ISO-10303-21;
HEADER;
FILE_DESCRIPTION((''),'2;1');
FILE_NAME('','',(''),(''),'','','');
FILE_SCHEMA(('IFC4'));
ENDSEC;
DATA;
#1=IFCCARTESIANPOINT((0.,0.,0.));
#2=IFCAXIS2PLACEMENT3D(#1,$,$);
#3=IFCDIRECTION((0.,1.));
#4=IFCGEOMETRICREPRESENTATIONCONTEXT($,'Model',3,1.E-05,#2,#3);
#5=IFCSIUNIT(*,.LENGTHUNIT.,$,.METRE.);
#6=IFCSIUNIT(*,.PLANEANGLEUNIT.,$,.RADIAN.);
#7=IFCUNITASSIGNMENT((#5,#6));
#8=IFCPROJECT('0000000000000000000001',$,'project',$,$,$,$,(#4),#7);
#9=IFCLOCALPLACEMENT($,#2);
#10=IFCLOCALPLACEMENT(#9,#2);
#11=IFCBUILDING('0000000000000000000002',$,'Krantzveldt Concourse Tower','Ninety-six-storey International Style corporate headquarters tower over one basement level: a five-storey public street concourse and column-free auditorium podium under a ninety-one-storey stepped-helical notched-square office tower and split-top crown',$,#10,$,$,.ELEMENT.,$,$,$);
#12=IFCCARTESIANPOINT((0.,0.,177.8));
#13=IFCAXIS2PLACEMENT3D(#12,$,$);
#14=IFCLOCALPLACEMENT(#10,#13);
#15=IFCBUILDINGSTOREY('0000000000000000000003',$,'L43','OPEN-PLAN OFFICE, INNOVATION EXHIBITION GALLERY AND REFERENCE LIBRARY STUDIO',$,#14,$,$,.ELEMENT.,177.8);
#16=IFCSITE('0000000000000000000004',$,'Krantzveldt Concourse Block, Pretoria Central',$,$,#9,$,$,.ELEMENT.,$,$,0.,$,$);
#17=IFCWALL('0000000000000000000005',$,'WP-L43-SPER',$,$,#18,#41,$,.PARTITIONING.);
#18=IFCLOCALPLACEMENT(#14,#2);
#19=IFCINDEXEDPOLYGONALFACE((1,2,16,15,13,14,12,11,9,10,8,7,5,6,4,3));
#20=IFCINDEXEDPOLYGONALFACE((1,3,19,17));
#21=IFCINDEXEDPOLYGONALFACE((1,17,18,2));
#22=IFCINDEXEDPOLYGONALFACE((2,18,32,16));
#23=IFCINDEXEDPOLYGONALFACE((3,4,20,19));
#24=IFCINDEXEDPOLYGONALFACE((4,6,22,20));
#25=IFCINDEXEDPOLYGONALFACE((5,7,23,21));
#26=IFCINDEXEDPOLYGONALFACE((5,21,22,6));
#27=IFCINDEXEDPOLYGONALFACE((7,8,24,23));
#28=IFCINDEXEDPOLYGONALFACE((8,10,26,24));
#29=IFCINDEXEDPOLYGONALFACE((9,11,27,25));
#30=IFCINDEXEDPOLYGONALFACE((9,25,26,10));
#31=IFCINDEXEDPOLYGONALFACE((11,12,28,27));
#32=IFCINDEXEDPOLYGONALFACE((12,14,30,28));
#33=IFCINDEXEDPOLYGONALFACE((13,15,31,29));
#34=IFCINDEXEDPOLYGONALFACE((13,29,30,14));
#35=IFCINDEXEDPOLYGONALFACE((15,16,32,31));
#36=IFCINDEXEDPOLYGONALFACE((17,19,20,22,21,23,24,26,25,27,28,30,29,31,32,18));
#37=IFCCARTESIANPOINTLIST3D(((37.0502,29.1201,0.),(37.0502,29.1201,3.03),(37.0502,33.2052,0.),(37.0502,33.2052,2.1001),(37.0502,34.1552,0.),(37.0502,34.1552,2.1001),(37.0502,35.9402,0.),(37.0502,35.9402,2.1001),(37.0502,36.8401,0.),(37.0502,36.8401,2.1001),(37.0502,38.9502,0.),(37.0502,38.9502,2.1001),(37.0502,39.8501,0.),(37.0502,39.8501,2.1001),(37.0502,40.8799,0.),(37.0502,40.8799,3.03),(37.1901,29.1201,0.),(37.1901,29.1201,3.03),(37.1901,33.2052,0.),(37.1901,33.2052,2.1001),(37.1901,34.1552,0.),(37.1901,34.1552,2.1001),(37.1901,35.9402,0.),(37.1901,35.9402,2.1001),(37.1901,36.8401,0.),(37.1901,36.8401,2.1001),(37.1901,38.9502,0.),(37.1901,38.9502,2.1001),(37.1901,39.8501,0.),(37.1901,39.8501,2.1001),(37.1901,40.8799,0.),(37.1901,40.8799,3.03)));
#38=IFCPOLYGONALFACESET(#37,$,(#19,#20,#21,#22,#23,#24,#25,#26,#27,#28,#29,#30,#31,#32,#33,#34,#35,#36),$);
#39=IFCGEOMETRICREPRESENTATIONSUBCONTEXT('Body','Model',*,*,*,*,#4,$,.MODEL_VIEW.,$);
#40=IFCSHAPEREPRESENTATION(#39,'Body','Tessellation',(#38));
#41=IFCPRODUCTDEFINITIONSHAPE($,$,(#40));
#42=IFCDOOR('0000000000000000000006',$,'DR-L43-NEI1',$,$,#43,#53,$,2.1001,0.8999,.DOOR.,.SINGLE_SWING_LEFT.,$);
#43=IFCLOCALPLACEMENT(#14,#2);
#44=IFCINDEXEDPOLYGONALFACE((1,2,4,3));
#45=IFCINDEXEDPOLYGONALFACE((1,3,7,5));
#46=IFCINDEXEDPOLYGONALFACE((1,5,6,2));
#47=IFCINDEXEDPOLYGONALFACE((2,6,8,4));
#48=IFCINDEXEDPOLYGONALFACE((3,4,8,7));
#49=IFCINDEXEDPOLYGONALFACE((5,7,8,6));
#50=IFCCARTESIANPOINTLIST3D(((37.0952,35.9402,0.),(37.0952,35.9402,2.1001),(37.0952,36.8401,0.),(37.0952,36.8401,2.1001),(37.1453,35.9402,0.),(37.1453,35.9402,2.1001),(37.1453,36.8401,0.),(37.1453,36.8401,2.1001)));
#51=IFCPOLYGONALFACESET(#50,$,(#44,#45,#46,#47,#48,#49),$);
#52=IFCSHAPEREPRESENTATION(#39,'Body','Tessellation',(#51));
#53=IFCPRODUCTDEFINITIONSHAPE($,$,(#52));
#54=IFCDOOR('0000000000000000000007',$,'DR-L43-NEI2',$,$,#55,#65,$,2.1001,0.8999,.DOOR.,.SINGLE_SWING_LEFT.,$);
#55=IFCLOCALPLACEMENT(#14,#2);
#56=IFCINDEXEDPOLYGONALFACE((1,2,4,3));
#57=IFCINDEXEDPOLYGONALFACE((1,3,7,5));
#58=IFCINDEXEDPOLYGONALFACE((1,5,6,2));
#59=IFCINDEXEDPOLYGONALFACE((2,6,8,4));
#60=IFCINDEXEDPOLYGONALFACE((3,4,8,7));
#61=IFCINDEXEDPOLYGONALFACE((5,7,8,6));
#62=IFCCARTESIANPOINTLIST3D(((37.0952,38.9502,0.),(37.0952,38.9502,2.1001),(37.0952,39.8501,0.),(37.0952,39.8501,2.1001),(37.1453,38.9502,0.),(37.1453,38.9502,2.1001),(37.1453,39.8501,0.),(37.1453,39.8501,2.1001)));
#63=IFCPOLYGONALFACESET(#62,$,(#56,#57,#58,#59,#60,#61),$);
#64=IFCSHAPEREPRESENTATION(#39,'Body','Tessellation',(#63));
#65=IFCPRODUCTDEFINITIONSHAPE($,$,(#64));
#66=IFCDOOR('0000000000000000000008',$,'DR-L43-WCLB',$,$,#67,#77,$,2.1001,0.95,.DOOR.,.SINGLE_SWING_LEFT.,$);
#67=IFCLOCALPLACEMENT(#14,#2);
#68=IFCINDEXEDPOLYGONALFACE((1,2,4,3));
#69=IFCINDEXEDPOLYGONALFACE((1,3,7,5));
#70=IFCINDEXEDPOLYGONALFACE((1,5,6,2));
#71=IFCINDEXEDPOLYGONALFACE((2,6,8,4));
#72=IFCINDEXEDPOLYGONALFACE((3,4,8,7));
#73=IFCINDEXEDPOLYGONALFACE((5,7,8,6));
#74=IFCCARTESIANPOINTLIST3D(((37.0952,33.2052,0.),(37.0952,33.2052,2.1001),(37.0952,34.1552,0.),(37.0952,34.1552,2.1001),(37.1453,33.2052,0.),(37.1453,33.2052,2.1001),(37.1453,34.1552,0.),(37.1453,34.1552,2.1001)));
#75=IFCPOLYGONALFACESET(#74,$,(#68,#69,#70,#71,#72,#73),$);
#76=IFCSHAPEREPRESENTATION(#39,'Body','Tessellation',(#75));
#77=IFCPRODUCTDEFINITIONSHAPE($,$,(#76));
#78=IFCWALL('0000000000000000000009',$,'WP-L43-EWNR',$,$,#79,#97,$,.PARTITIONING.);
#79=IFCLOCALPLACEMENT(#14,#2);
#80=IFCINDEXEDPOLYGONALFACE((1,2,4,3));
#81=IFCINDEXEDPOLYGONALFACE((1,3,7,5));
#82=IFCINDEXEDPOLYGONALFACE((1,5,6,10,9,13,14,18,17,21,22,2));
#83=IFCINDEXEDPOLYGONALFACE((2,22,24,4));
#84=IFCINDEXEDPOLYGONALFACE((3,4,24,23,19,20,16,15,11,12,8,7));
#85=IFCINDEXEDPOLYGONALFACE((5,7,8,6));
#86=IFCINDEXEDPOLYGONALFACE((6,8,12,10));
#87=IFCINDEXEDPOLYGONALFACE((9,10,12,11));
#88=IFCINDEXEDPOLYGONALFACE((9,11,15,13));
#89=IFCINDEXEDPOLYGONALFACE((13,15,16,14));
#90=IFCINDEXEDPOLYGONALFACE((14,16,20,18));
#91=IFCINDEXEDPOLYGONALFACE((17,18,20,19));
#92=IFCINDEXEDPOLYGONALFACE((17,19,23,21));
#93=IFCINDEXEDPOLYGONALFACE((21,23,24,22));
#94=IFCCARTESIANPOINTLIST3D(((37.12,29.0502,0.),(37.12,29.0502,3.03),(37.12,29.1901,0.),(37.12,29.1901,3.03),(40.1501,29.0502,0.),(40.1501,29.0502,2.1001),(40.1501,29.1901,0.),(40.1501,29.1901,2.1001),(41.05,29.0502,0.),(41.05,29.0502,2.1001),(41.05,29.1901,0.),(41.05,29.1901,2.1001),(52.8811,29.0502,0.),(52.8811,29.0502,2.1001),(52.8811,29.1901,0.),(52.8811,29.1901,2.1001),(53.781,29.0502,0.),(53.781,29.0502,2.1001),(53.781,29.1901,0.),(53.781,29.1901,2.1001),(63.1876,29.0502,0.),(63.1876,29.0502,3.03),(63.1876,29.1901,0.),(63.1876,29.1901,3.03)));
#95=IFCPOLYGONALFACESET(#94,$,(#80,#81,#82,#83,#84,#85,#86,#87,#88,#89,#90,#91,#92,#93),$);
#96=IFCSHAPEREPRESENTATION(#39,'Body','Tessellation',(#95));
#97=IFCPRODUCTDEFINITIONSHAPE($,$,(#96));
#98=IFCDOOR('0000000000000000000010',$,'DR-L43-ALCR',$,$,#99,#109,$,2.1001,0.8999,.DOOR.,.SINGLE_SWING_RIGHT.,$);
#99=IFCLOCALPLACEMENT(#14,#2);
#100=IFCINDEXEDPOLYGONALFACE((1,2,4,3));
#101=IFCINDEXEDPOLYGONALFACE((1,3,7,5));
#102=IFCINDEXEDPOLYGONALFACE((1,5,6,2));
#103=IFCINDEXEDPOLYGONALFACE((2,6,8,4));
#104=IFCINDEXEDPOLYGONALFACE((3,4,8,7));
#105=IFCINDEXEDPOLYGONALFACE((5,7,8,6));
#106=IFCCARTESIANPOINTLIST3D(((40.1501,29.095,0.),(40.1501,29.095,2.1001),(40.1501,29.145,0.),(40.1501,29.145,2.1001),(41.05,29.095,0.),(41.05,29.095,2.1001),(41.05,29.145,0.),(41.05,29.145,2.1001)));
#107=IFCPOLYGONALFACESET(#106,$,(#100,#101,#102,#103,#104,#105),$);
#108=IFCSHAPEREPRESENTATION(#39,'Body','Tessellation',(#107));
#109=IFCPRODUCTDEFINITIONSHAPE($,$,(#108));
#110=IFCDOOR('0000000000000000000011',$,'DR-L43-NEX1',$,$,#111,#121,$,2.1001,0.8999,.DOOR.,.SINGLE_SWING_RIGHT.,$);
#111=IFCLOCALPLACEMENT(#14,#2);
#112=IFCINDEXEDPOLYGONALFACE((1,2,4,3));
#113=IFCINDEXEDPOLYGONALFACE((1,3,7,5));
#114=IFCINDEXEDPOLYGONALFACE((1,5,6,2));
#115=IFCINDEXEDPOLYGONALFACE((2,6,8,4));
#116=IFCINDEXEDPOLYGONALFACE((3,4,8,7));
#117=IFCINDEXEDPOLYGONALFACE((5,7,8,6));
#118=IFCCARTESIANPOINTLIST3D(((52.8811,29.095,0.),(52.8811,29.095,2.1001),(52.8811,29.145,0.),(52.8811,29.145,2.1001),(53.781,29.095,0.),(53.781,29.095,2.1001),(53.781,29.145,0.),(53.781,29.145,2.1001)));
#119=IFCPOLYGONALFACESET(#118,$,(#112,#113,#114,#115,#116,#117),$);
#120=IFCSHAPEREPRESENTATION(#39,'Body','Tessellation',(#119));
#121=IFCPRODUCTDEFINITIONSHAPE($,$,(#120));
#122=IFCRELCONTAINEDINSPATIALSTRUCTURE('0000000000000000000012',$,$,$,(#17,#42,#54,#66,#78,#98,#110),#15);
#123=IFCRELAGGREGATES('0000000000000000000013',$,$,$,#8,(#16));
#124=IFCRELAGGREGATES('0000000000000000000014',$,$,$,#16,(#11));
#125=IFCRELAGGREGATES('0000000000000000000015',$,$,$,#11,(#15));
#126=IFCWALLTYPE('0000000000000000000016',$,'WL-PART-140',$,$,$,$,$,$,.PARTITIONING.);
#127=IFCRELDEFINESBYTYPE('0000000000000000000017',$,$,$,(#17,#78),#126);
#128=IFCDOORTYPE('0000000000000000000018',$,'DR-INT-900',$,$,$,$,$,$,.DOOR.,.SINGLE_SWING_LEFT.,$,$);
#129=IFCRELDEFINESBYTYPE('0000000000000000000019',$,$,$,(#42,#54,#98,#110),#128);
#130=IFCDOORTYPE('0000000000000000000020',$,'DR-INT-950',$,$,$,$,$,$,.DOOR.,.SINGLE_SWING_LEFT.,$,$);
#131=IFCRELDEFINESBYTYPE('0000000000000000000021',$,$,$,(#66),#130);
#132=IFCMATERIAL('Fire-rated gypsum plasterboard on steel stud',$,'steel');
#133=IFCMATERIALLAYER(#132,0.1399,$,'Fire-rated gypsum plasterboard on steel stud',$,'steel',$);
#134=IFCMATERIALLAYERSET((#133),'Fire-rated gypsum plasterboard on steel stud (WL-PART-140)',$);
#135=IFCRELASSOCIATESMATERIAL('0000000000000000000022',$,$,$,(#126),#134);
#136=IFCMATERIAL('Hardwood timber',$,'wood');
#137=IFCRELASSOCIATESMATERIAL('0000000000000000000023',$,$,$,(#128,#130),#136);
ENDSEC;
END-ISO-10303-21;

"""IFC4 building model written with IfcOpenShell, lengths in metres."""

from ifc_helpers import new_model, si_unit, direction, frame, frame_2d, origin, place, context, subcontext, project, spatial, rectangle, extrude, material, layer, layer_set, type_object, element, fill, save


model = new_model("IFC4")

# Units and contexts
model_context = context("Model", 3, precision=1e-05, world=origin(), true_north=direction((0.0, 1.0)))
body_context = subcontext(model_context, "Body", "Model", "MODEL_VIEW")
ifc_project = project(units=[si_unit("LENGTHUNIT", "METRE"), si_unit("PLANEANGLEUNIT", "RADIAN")], contexts=[model_context])

# Site, building, storey
site_placement = place(None, origin())
site = spatial("IfcSite", under=ifc_project, at=site_placement, Name="Krantzveldt Concourse Block, Pretoria Central", CompositionType="ELEMENT", RefElevation=0.0)
building_placement = place(site_placement, origin())
building = spatial("IfcBuilding", under=site, at=building_placement, Name="Krantzveldt Concourse Tower", Description="Ninety-six-storey International Style corporate headquarters tower over one basement level: a five-storey public street concourse and column-free auditorium podium under a ninety-one-storey stepped-helical notched-square office tower and split-top crown", CompositionType="ELEMENT")
storey_placement = place(building_placement, frame((0.0, 0.0, 177.8)))
storey = spatial("IfcBuildingStorey", under=building, at=storey_placement, Name="L43", Description="OPEN-PLAN OFFICE, INNOVATION EXHIBITION GALLERY AND REFERENCE LIBRARY STUDIO", CompositionType="ELEMENT", Elevation=177.8)

# Shared definitions
ifc_material_1 = material(Name="Fire-rated gypsum plasterboard on steel stud", Category="steel")

# Walls, openings, doors
ifc_layer_1 = layer(ifc_material_1, 0.1399, Name="Fire-rated gypsum plasterboard on steel stud", Category="steel")
ifc_layer_set_1 = layer_set([ifc_layer_1], Name="Fire-rated gypsum plasterboard on steel stud (WL-PART-140)")
wall_type_1 = type_object("IfcWallType", Name="WL-PART-140", PredefinedType="PARTITIONING", material=ifc_layer_set_1)
wall_1_placement = place(storey_placement, frame((37.1201, 29.1201, 0.0), z_axis=(0.0, 0.0, 1.0), x_axis=(0.0, 1.0, 0.0)))
wall_1 = element("IfcWall", 1, at=wall_1_placement, inside=storey, type_object=wall_type_1, Name="WP-L43-SPER", PredefinedType="PARTITIONING", context=body_context, shape_type="SweptSolid", body=[
    extrude(rectangle(XDim=11.7598, YDim=0.1399, at=frame_2d((5.8799, 0.0))), origin(), (0.0, 0.0, 1.0), 3.03),
])
opening_1_placement = place(wall_1_placement, frame((4.085, 0.0, 0.0)))
opening_1 = element("IfcOpeningElement", 2, at=opening_1_placement, cuts=wall_1, PredefinedType="OPENING", context=body_context, shape_type="SweptSolid", body=[
    extrude(rectangle(XDim=0.95, YDim=2.1001, at=frame_2d((0.4751, 1.05))), frame((0.0, 0.0801, 0.0), z_axis=(0.0, -1.0, 0.0), x_axis=(1.0, 0.0, 0.0)), (0.0, 0.0, 1.0), 0.1599),
])
opening_2_placement = place(wall_1_placement, frame((6.8201, 0.0, 0.0)))
opening_2 = element("IfcOpeningElement", 3, at=opening_2_placement, cuts=wall_1, PredefinedType="OPENING", context=body_context, shape_type="SweptSolid", body=[
    extrude(rectangle(XDim=0.8999, YDim=2.1001, at=frame_2d((0.45, 1.05))), frame((0.0, 0.0801, 0.0), z_axis=(0.0, -1.0, 0.0), x_axis=(1.0, 0.0, 0.0)), (0.0, 0.0, 1.0), 0.1599),
])
opening_3_placement = place(wall_1_placement, frame((9.8301, 0.0, 0.0)))
opening_3 = element("IfcOpeningElement", 4, at=opening_3_placement, cuts=wall_1, PredefinedType="OPENING", context=body_context, shape_type="SweptSolid", body=[
    extrude(rectangle(XDim=0.8999, YDim=2.1001, at=frame_2d((0.45, 1.05))), frame((0.0, 0.0801, 0.0), z_axis=(0.0, -1.0, 0.0), x_axis=(1.0, 0.0, 0.0)), (0.0, 0.0, 1.0), 0.1599),
])
ifc_material_2 = material(Name="Hardwood timber", Category="wood")
door_type_1 = type_object("IfcDoorType", Name="DR-INT-900", OperationType="SINGLE_SWING_LEFT", PredefinedType="DOOR", material=ifc_material_2)
door_1_placement = place(opening_2_placement, origin())
door_1 = element("IfcDoor", 5, at=door_1_placement, inside=storey, type_object=door_type_1, Name="DR-L43-NEI1", OperationType="SINGLE_SWING_LEFT", OverallHeight=2.1001, OverallWidth=0.8999, PredefinedType="DOOR", context=body_context, shape_type="SweptSolid", body=[
    extrude(rectangle(XDim=0.8999, YDim=2.1001, at=frame_2d((0.45, 1.05))), frame((0.0, 0.0249, 0.0), z_axis=(0.0, -1.0, 0.0), x_axis=(1.0, 0.0, 0.0)), (0.0, 0.0, 1.0), 0.05),
])
fill(opening_2, door_1)
door_2_placement = place(opening_3_placement, origin())
door_2 = element("IfcDoor", 6, at=door_2_placement, inside=storey, type_object=door_type_1, Name="DR-L43-NEI2", OperationType="SINGLE_SWING_LEFT", OverallHeight=2.1001, OverallWidth=0.8999, PredefinedType="DOOR", context=body_context, shape_type="SweptSolid", body=[
    extrude(rectangle(XDim=0.8999, YDim=2.1001, at=frame_2d((0.45, 1.05))), frame((0.0, 0.0249, 0.0), z_axis=(0.0, -1.0, 0.0), x_axis=(1.0, 0.0, 0.0)), (0.0, 0.0, 1.0), 0.05),
])
fill(opening_3, door_2)
door_type_2 = type_object("IfcDoorType", Name="DR-INT-950", OperationType="SINGLE_SWING_LEFT", PredefinedType="DOOR", material=ifc_material_2)
door_3_placement = place(opening_1_placement, origin())
door_3 = element("IfcDoor", 7, at=door_3_placement, inside=storey, type_object=door_type_2, Name="DR-L43-WCLB", OperationType="SINGLE_SWING_LEFT", OverallHeight=2.1001, OverallWidth=0.95, PredefinedType="DOOR", context=body_context, shape_type="SweptSolid", body=[
    extrude(rectangle(XDim=0.95, YDim=2.1001, at=frame_2d((0.4751, 1.05))), frame((0.0, 0.0249, 0.0), z_axis=(0.0, -1.0, 0.0), x_axis=(1.0, 0.0, 0.0)), (0.0, 0.0, 1.0), 0.05),
])
fill(opening_1, door_3)
wall_2_placement = place(storey_placement, frame((37.1201, 29.1201, 0.0), z_axis=(0.0, 0.0, 1.0), x_axis=(1.0, 0.0, 0.0)))
wall_2 = element("IfcWall", 8, at=wall_2_placement, inside=storey, type_object=wall_type_1, Name="WP-L43-EWNR", PredefinedType="PARTITIONING", context=body_context, shape_type="SweptSolid", body=[
    extrude(rectangle(XDim=26.0676, YDim=0.1399, at=frame_2d((13.0337, 0.0))), origin(), (0.0, 0.0, 1.0), 3.03),
])
opening_4_placement = place(wall_2_placement, frame((3.03, 0.0, 0.0)))
opening_4 = element("IfcOpeningElement", 9, at=opening_4_placement, cuts=wall_2, PredefinedType="OPENING", context=body_context, shape_type="SweptSolid", body=[
    extrude(rectangle(XDim=0.8999, YDim=2.1001, at=frame_2d((0.45, 1.05))), frame((0.0, 0.0801, 0.0), z_axis=(0.0, -1.0, 0.0), x_axis=(1.0, 0.0, 0.0)), (0.0, 0.0, 1.0), 0.1599),
])
opening_5_placement = place(wall_2_placement, frame((15.761, 0.0, 0.0)))
opening_5 = element("IfcOpeningElement", 10, at=opening_5_placement, cuts=wall_2, PredefinedType="OPENING", context=body_context, shape_type="SweptSolid", body=[
    extrude(rectangle(XDim=0.8999, YDim=2.1001, at=frame_2d((0.45, 1.05))), frame((0.0, 0.0801, 0.0), z_axis=(0.0, -1.0, 0.0), x_axis=(1.0, 0.0, 0.0)), (0.0, 0.0, 1.0), 0.1599),
])
door_4_placement = place(opening_4_placement, origin())
door_4 = element("IfcDoor", 11, at=door_4_placement, inside=storey, type_object=door_type_1, Name="DR-L43-ALCR", OperationType="SINGLE_SWING_RIGHT", OverallHeight=2.1001, OverallWidth=0.8999, PredefinedType="DOOR", context=body_context, shape_type="SweptSolid", body=[
    extrude(rectangle(XDim=0.8999, YDim=2.1001, at=frame_2d((0.45, 1.05))), frame((0.0, 0.0249, 0.0), z_axis=(0.0, -1.0, 0.0), x_axis=(1.0, 0.0, 0.0)), (0.0, 0.0, 1.0), 0.05),
])
fill(opening_4, door_4)
door_5_placement = place(opening_5_placement, origin())
door_5 = element("IfcDoor", 12, at=door_5_placement, inside=storey, type_object=door_type_1, Name="DR-L43-NEX1", OperationType="SINGLE_SWING_RIGHT", OverallHeight=2.1001, OverallWidth=0.8999, PredefinedType="DOOR", context=body_context, shape_type="SweptSolid", body=[
    extrude(rectangle(XDim=0.8999, YDim=2.1001, at=frame_2d((0.45, 1.05))), frame((0.0, 0.0249, 0.0), z_axis=(0.0, -1.0, 0.0), x_axis=(1.0, 0.0, 0.0)), (0.0, 0.0, 1.0), 0.05),
])
fill(opening_5, door_5)

save(model, "model.ifc")
